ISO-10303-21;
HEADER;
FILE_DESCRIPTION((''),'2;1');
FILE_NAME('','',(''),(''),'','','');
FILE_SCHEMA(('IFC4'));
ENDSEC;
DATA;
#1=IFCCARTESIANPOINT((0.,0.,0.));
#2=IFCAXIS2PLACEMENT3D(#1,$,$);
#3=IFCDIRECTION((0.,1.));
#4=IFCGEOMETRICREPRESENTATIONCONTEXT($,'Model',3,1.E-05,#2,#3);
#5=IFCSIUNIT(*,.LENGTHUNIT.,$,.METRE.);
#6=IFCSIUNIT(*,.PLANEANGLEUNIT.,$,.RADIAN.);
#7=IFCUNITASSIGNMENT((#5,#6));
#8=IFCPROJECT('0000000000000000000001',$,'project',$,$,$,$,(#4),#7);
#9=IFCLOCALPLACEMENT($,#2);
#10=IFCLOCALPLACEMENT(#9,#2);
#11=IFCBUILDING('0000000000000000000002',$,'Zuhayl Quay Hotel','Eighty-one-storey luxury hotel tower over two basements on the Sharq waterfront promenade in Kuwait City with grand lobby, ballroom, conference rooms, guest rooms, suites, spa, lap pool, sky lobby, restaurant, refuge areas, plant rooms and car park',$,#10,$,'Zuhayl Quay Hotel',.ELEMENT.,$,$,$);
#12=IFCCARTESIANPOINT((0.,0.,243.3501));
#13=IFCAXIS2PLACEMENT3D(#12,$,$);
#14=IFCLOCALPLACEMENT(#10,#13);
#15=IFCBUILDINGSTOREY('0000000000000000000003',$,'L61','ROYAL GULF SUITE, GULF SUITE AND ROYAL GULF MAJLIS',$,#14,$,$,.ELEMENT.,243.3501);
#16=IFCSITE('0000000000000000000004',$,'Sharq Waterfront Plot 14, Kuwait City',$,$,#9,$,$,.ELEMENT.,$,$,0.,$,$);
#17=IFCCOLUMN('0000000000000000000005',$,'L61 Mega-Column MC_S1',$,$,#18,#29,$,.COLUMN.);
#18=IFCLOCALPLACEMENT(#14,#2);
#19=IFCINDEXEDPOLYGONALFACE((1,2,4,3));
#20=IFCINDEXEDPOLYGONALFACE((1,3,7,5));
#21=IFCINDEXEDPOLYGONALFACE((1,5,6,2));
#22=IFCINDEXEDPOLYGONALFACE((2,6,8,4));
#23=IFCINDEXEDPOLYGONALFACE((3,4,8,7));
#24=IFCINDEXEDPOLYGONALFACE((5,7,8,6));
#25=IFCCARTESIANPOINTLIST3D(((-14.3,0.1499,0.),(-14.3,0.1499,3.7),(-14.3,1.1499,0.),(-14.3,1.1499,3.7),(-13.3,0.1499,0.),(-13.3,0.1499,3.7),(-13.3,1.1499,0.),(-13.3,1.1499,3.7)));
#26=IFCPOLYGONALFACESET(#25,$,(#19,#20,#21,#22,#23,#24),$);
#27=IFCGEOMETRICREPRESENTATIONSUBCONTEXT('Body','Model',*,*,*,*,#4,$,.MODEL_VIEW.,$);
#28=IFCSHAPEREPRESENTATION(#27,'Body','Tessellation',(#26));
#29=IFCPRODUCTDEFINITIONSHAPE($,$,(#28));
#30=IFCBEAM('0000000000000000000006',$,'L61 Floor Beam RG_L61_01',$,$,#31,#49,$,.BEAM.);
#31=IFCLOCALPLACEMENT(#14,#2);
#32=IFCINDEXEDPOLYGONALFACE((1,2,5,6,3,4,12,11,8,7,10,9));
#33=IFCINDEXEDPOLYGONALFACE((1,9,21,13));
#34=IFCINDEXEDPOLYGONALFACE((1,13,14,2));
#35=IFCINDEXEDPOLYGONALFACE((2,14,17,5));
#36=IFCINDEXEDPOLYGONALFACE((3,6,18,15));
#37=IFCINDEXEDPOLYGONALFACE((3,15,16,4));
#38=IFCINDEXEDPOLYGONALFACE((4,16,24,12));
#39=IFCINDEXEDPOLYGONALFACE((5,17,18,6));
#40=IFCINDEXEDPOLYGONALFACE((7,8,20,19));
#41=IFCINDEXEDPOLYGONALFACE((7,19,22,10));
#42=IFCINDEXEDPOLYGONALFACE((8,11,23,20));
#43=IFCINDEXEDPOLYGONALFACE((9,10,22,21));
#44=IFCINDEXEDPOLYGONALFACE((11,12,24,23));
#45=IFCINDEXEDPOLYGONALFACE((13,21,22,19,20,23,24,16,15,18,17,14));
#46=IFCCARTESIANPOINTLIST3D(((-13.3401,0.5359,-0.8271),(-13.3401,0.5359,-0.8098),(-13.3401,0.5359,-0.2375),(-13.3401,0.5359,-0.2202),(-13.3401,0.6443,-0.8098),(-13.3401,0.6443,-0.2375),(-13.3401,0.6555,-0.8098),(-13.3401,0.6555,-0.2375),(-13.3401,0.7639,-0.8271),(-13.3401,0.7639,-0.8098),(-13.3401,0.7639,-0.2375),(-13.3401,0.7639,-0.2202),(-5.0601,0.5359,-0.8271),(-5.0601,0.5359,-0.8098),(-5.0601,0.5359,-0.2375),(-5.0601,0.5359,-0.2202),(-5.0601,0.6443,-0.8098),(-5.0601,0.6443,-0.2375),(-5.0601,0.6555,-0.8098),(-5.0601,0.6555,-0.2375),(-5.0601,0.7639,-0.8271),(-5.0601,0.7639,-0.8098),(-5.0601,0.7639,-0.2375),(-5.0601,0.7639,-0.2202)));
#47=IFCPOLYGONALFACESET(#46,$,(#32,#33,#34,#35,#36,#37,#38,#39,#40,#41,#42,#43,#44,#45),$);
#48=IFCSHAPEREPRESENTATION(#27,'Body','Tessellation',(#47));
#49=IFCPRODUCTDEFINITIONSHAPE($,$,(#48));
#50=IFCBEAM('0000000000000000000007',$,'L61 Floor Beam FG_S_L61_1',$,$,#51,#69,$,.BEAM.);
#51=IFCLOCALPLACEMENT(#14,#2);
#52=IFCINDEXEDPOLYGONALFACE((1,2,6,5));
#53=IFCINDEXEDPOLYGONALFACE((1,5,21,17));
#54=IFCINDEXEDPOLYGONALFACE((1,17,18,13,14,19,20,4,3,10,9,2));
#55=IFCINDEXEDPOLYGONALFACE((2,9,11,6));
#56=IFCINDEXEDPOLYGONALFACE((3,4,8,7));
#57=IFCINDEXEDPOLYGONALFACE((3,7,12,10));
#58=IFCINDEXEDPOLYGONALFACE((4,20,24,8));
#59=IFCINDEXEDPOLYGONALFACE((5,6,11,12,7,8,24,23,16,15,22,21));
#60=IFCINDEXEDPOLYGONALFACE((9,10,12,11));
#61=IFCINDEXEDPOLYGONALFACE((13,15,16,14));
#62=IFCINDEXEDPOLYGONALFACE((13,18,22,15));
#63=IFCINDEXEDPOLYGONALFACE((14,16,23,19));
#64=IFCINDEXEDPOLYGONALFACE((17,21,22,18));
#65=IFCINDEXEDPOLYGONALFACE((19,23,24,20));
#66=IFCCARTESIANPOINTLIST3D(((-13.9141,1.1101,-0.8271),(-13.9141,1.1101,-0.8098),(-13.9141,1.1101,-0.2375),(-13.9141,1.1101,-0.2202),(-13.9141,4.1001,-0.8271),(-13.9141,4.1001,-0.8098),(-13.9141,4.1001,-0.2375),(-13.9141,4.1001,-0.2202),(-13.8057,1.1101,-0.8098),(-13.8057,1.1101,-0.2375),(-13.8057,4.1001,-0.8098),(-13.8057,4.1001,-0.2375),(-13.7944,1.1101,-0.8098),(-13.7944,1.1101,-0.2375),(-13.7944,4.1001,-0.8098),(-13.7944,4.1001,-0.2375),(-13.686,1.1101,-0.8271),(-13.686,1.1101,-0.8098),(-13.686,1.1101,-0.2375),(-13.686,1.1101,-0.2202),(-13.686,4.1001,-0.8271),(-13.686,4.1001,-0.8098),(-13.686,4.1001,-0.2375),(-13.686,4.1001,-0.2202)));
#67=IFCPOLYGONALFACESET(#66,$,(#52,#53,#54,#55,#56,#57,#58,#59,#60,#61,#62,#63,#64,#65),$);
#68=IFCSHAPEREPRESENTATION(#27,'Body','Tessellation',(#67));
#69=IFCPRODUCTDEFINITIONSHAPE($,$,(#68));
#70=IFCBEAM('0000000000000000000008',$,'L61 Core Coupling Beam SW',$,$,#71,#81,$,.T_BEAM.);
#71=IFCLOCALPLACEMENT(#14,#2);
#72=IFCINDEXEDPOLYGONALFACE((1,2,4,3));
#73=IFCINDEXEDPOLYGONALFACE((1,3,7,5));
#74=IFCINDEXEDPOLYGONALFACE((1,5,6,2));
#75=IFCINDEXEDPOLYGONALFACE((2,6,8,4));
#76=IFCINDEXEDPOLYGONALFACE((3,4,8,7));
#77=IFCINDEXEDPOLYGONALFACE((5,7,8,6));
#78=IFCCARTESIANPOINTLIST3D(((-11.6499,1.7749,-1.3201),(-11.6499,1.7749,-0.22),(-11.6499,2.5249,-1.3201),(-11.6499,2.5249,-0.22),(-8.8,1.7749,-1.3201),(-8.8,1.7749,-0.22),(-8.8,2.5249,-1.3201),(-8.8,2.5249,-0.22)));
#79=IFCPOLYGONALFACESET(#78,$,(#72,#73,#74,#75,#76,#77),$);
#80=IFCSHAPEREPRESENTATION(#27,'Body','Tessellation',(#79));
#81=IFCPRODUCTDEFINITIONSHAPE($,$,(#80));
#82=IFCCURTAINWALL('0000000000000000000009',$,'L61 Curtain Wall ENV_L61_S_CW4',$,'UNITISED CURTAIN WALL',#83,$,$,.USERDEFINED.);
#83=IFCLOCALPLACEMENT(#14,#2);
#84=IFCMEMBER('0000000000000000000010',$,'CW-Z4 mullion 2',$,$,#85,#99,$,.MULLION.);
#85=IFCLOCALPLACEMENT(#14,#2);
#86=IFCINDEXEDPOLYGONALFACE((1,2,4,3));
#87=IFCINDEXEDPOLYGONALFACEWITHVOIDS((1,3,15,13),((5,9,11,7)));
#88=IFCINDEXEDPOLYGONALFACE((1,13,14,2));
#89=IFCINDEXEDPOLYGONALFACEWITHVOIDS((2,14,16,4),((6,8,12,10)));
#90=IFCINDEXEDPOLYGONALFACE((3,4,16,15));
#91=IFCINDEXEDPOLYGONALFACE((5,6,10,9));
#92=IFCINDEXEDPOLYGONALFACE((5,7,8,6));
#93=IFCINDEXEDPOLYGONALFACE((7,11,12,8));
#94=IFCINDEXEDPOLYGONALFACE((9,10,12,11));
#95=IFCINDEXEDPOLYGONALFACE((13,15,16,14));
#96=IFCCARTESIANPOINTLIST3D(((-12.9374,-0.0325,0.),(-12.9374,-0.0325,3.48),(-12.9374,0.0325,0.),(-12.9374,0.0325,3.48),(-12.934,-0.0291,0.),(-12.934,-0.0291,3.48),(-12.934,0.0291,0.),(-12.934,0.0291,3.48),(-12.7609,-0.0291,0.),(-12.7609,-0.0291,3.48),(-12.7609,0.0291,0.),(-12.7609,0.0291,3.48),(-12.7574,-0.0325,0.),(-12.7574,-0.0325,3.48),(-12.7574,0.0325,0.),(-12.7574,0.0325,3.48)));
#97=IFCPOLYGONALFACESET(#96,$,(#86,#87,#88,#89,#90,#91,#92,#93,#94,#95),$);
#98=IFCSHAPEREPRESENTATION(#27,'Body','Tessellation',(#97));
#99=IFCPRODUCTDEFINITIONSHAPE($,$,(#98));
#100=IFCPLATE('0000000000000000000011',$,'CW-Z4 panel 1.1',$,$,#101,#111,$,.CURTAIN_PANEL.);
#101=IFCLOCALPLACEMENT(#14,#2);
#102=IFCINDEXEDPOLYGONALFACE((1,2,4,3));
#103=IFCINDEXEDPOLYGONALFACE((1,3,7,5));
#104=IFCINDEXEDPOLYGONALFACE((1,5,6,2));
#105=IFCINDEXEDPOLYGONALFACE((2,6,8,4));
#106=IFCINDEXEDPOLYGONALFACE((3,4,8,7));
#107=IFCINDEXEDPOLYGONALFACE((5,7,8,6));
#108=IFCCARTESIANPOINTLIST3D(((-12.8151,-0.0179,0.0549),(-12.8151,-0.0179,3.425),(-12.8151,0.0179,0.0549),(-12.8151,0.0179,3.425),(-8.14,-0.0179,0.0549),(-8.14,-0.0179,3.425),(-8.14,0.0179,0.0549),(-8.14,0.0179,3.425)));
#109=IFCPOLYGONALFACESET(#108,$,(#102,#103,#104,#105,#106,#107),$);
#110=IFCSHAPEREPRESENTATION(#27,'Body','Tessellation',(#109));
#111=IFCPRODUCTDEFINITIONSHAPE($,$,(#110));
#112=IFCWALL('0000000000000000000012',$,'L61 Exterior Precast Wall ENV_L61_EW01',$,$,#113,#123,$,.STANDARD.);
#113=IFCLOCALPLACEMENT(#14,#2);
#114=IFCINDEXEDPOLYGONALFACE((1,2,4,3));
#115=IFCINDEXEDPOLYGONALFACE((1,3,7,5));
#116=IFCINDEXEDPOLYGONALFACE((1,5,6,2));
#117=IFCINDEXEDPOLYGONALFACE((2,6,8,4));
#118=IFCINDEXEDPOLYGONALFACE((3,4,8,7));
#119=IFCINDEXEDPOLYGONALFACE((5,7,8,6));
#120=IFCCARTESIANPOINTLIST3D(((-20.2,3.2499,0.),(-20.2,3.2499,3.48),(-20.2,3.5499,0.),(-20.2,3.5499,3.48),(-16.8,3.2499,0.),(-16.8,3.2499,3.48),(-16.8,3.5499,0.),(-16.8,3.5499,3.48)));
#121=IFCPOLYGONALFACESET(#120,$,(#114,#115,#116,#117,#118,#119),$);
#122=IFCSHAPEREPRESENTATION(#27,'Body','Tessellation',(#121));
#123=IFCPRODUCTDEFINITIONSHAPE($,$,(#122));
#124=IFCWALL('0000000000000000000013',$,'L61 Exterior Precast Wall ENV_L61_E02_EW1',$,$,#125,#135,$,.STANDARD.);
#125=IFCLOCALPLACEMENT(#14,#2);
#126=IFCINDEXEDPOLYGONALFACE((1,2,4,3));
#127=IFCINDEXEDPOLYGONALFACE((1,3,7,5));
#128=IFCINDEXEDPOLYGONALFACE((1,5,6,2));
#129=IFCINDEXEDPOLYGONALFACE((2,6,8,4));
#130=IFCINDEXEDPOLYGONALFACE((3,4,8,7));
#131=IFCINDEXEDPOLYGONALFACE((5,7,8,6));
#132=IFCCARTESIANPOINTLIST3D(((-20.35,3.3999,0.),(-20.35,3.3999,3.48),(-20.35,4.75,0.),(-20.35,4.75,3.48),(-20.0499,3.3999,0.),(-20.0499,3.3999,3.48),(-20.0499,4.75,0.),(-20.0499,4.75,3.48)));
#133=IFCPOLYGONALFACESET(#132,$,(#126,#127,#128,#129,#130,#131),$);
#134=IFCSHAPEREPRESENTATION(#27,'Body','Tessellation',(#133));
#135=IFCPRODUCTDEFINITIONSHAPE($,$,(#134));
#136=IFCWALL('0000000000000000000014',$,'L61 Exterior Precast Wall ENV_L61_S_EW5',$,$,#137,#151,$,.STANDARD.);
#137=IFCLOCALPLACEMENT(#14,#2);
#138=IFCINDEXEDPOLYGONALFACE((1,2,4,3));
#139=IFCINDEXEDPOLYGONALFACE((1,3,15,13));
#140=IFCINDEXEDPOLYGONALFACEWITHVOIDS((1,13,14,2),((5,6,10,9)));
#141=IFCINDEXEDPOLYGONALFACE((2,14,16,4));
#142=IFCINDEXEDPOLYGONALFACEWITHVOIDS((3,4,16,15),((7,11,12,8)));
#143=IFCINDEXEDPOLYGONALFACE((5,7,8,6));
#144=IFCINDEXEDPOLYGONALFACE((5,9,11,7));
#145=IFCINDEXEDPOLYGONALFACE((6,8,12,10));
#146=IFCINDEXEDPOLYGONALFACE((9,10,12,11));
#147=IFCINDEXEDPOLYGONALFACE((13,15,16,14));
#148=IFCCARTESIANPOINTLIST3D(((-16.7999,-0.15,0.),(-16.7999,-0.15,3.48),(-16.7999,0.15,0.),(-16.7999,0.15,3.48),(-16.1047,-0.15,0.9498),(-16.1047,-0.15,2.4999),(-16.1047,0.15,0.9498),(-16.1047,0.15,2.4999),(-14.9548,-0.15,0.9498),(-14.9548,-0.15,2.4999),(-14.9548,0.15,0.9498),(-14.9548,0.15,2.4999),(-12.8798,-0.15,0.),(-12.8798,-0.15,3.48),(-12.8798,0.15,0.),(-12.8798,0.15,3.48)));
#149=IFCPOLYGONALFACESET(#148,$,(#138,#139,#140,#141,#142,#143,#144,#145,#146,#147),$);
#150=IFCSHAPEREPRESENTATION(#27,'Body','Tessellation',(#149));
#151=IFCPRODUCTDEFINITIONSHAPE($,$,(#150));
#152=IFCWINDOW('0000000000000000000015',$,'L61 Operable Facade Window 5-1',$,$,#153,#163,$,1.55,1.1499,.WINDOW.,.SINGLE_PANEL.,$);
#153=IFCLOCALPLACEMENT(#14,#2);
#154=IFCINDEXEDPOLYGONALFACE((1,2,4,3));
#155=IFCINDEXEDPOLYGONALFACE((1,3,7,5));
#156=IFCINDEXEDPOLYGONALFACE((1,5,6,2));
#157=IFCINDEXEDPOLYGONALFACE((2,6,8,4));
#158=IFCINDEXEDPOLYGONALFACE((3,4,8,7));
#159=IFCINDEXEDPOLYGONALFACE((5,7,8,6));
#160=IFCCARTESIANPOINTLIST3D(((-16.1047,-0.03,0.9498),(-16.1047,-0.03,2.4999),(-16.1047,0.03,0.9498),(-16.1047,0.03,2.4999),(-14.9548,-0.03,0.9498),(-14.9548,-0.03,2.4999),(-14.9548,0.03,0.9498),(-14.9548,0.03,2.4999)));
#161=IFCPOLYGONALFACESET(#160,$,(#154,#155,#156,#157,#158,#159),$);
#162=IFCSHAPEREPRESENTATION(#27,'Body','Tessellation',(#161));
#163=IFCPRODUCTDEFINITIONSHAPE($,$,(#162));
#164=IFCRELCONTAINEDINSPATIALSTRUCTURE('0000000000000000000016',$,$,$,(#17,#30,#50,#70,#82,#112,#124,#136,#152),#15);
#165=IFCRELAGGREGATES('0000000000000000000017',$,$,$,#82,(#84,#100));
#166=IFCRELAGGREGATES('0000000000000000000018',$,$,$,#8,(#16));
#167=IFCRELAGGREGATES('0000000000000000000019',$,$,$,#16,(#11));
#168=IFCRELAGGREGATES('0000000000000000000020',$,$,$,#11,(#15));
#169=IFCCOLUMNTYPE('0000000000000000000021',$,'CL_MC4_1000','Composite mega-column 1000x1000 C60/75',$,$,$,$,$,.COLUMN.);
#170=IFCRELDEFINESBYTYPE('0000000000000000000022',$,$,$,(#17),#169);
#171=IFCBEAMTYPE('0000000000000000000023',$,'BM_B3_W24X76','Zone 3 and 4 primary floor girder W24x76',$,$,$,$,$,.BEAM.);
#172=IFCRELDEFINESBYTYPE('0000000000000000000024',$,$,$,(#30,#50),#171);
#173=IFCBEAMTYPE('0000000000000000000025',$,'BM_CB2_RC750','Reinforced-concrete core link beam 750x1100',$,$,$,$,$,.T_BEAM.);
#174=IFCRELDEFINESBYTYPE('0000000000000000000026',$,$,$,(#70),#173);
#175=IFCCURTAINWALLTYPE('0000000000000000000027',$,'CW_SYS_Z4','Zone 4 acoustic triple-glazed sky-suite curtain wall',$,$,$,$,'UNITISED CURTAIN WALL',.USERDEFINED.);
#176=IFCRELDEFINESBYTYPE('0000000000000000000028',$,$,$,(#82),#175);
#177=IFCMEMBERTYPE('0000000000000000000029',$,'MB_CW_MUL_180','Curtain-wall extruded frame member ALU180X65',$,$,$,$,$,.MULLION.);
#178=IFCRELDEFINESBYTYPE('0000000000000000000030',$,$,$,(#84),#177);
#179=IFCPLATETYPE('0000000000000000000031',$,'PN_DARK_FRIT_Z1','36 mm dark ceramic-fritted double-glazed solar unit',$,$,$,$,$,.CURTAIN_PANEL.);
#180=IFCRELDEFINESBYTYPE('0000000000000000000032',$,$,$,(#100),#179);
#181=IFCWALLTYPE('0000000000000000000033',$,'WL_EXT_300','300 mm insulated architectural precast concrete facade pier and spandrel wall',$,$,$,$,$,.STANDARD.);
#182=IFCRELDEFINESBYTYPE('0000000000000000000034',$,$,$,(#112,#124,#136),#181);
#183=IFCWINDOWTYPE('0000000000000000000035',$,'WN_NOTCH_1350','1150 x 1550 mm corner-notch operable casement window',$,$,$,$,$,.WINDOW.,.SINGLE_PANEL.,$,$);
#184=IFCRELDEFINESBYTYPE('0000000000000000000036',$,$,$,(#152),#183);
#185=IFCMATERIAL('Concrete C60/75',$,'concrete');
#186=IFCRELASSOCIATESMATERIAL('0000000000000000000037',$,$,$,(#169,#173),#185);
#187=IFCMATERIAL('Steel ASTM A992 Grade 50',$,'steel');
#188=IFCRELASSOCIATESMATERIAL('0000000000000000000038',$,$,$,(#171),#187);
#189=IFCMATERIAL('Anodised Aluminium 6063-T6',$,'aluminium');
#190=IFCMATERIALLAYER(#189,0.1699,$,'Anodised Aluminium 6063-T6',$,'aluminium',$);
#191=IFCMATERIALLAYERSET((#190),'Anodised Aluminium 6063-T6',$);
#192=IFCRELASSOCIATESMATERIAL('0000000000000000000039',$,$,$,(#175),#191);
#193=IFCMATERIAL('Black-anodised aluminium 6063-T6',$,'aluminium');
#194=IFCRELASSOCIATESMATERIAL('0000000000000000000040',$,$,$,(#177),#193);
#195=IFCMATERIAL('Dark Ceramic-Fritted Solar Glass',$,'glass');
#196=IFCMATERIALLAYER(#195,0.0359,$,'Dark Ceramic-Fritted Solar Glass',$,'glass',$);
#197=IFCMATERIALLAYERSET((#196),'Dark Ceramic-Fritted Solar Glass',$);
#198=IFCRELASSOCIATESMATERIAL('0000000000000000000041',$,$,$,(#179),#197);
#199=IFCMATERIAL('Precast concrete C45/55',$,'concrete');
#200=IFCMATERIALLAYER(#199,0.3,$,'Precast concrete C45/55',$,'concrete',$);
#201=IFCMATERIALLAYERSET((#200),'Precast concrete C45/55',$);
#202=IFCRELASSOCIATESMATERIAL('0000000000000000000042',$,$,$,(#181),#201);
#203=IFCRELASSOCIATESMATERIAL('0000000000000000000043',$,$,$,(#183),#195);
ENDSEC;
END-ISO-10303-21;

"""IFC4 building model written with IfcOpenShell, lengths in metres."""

from ifc_helpers import new_model, si_unit, direction, frame, frame_2d, origin, origin_2d, place, context, subcontext, project, spatial, rectangle, hollow_rectangle, i_section, extrude, material, layer, layer_set, material_profile, profile_set, type_object, element, fill, aggregate, save


model = new_model("IFC4")

# Units and contexts
model_context = context("Model", 3, precision=1e-05, world=origin(), true_north=direction((0.0, 1.0)))
body_context = subcontext(model_context, "Body", "Model", "MODEL_VIEW")
ifc_project = project(units=[si_unit("LENGTHUNIT", "METRE"), si_unit("PLANEANGLEUNIT", "RADIAN")], contexts=[model_context])

# Site, building, storey
site_placement = place(None, origin())
site = spatial("IfcSite", under=ifc_project, at=site_placement, Name="Sharq Waterfront Plot 14, Kuwait City", CompositionType="ELEMENT", RefElevation=0.0)
building_placement = place(site_placement, origin())
building = spatial("IfcBuilding", under=site, at=building_placement, Name="Zuhayl Quay Hotel", Description="Eighty-one-storey luxury hotel tower over two basements on the Sharq waterfront promenade in Kuwait City with grand lobby, ballroom, conference rooms, guest rooms, suites, spa, lap pool, sky lobby, restaurant, refuge areas, plant rooms and car park", LongName="Zuhayl Quay Hotel", CompositionType="ELEMENT")
storey_placement = place(building_placement, frame((0.0, 0.0, 243.3501)))
storey = spatial("IfcBuildingStorey", under=building, at=storey_placement, Name="L61", Description="ROYAL GULF SUITE, GULF SUITE AND ROYAL GULF MAJLIS", CompositionType="ELEMENT", Elevation=243.3501)

# Column
ifc_material_1 = material(Name="Concrete C60/75", Category="concrete")
ifc_material_profile_1 = material_profile(ifc_material_1, rectangle(XDim=1.0, YDim=1.0, at=origin_2d()), Name="RC1000X1000")
ifc_profile_set_1 = profile_set([ifc_material_profile_1], Name="Concrete C60/75")
column_type = type_object("IfcColumnType", Name="CL_MC4_1000", Description="Composite mega-column 1000x1000 C60/75", PredefinedType="COLUMN", material=ifc_profile_set_1)
column_placement = place(storey_placement, frame((-13.8, 0.6499, 0.0), z_axis=(0.0, 0.0, 1.0), x_axis=(1.0, 0.0, 0.0)))
element("IfcColumn", 1, at=column_placement, inside=storey, type_object=column_type, Name="L61 Mega-Column MC_S1", PredefinedType="COLUMN", context=body_context, shape_type="SweptSolid", body=[
    extrude(rectangle(XDim=1.0, YDim=1.0, at=origin_2d()), origin(), (0.0, 0.0, 1.0), 3.7),
])

# Beams
ifc_material_2 = material(Name="Steel ASTM A992 Grade 50", Category="steel")
ifc_material_profile_2 = material_profile(ifc_material_2, i_section(OverallWidth=0.228, OverallDepth=0.6069, WebThickness=0.0112, FlangeThickness=0.0173, at=origin_2d()), Name="W24X76")
ifc_profile_set_2 = profile_set([ifc_material_profile_2], Name="Steel ASTM A992 Grade 50")
beam_type_1 = type_object("IfcBeamType", Name="BM_B3_W24X76", Description="Zone 3 and 4 primary floor girder W24x76", PredefinedType="BEAM", material=ifc_profile_set_2)
beam_1_placement = place(storey_placement, frame((-13.3401, 0.6499, -0.5237), z_axis=(1.0, 0.0, 0.0), x_axis=(0.0, 1.0, 0.0)))
element("IfcBeam", 2, at=beam_1_placement, inside=storey, type_object=beam_type_1, Name="L61 Floor Beam RG_L61_01", PredefinedType="BEAM", context=body_context, shape_type="SweptSolid", body=[
    extrude(i_section(OverallWidth=0.228, OverallDepth=0.6069, WebThickness=0.0112, FlangeThickness=0.0173, at=origin_2d()), origin(), (0.0, 0.0, 1.0), 8.28),
])
beam_2_placement = place(storey_placement, frame((-13.8, 1.1101, -0.5237), z_axis=(0.0, 1.0, 0.0), x_axis=(-1.0, 0.0, 0.0)))
element("IfcBeam", 3, at=beam_2_placement, inside=storey, type_object=beam_type_1, Name="L61 Floor Beam FG_S_L61_1", PredefinedType="BEAM", context=body_context, shape_type="SweptSolid", body=[
    extrude(i_section(OverallWidth=0.228, OverallDepth=0.6069, WebThickness=0.0112, FlangeThickness=0.0173, at=origin_2d()), origin(), (0.0, 0.0, 1.0), 2.99),
])
ifc_material_profile_3 = material_profile(ifc_material_1, rectangle(XDim=0.75, YDim=1.1001, at=origin_2d()), Name="RC750X1100")
ifc_profile_set_3 = profile_set([ifc_material_profile_3], Name="Concrete C60/75")
beam_type_2 = type_object("IfcBeamType", Name="BM_CB2_RC750", Description="Reinforced-concrete core link beam 750x1100", PredefinedType="T_BEAM", material=ifc_profile_set_3)
beam_3_placement = place(storey_placement, frame((-11.6499, 2.1499, -0.77), z_axis=(1.0, 0.0, 0.0), x_axis=(0.0, 1.0, 0.0)))
element("IfcBeam", 4, at=beam_3_placement, inside=storey, type_object=beam_type_2, Name="L61 Core Coupling Beam SW", PredefinedType="T_BEAM", context=body_context, shape_type="SweptSolid", body=[
    extrude(rectangle(XDim=0.75, YDim=1.1001, at=origin_2d()), origin(), (0.0, 0.0, 1.0), 2.8499),
])

# Curtain wall, member, plate
ifc_material_3 = material(Name="Anodised Aluminium 6063-T6", Category="aluminium")
ifc_layer_1 = layer(ifc_material_3, 0.1699, Name="Anodised Aluminium 6063-T6", Category="aluminium")
ifc_layer_set_1 = layer_set([ifc_layer_1], Name="Anodised Aluminium 6063-T6")
curtain_wall_type = type_object("IfcCurtainWallType", Name="CW_SYS_Z4", Description="Zone 4 acoustic triple-glazed sky-suite curtain wall", ElementType="UNITISED CURTAIN WALL", PredefinedType="USERDEFINED", material=ifc_layer_set_1)
curtain_wall_placement = place(storey_placement, origin())
curtain_wall = element("IfcCurtainWall", 5, at=curtain_wall_placement, inside=storey, type_object=curtain_wall_type, Name="L61 Curtain Wall ENV_L61_S_CW4", ObjectType="UNITISED CURTAIN WALL", PredefinedType="USERDEFINED")
ifc_material_4 = material(Name="Black-anodised aluminium 6063-T6", Category="aluminium")
ifc_material_profile_4 = material_profile(ifc_material_4, hollow_rectangle(XDim=0.0649, YDim=0.1799, WallThickness=0.0034, at=origin_2d()), Name="ALU180X65")
ifc_profile_set_4 = profile_set([ifc_material_profile_4], Name="Black-anodised aluminium 6063-T6")
member_type = type_object("IfcMemberType", Name="MB_CW_MUL_180", Description="Curtain-wall extruded frame member ALU180X65", PredefinedType="MULLION", material=ifc_profile_set_4)
member_placement = place(storey_placement, frame((-12.8474, 0.0, 0.0), z_axis=(0.0, 0.0, 1.0), x_axis=(0.0, -1.0, 0.0)))
member = element("IfcMember", 6, at=member_placement, type_object=member_type, Name="CW-Z4 mullion 2", PredefinedType="MULLION", context=body_context, shape_type="SweptSolid", body=[
    extrude(hollow_rectangle(XDim=0.0649, YDim=0.1799, WallThickness=0.0034, at=origin_2d()), origin(), (0.0, 0.0, 1.0), 3.48),
])
ifc_material_5 = material(Name="Dark Ceramic-Fritted Solar Glass", Category="glass")
ifc_layer_2 = layer(ifc_material_5, 0.0359, Name="Dark Ceramic-Fritted Solar Glass", Category="glass")
ifc_layer_set_2 = layer_set([ifc_layer_2], Name="Dark Ceramic-Fritted Solar Glass")
plate_type = type_object("IfcPlateType", Name="PN_DARK_FRIT_Z1", Description="36 mm dark ceramic-fritted double-glazed solar unit", PredefinedType="CURTAIN_PANEL", material=ifc_layer_set_2)
plate_placement = place(storey_placement, frame((-10.4775, 0.0, 0.0549), z_axis=(0.0, 0.0, 1.0), x_axis=(-1.0, 0.0, 0.0)))
plate = element("IfcPlate", 7, at=plate_placement, type_object=plate_type, Name="CW-Z4 panel 1.1", PredefinedType="CURTAIN_PANEL", context=body_context, shape_type="SweptSolid", body=[
    extrude(rectangle(XDim=4.675, YDim=0.0359, at=origin_2d()), origin(), (0.0, 0.0, 1.0), 3.3701),
])
aggregate(curtain_wall, [member, plate])

# Walls
ifc_material_6 = material(Name="Precast concrete C45/55", Category="concrete")
ifc_layer_3 = layer(ifc_material_6, 0.3, Name="Precast concrete C45/55", Category="concrete")
ifc_layer_set_3 = layer_set([ifc_layer_3], Name="Precast concrete C45/55")
wall_type_1 = type_object("IfcWallType", Name="WL_EXT_300", Description="300 mm insulated architectural precast concrete facade pier and spandrel wall", PredefinedType="STANDARD", material=ifc_layer_set_3)
wall_1_placement = place(storey_placement, frame((-16.8, 3.3999, 0.0), z_axis=(0.0, 0.0, 1.0), x_axis=(-1.0, 0.0, 0.0)))
element("IfcWall", 8, at=wall_1_placement, inside=storey, type_object=wall_type_1, Name="L61 Exterior Precast Wall ENV_L61_EW01", PredefinedType="STANDARD", context=body_context, shape_type="SweptSolid", body=[
    extrude(rectangle(XDim=3.3999, YDim=0.3, at=frame_2d((1.7, 0.0))), origin(), (0.0, 0.0, 1.0), 3.48),
])
wall_2_placement = place(storey_placement, frame((-20.2, 3.3999, 0.0), z_axis=(0.0, 0.0, 1.0), x_axis=(0.0, 1.0, 0.0)))
element("IfcWall", 9, at=wall_2_placement, inside=storey, type_object=wall_type_1, Name="L61 Exterior Precast Wall ENV_L61_E02_EW1", PredefinedType="STANDARD", context=body_context, shape_type="SweptSolid", body=[
    extrude(rectangle(XDim=1.3501, YDim=0.3, at=frame_2d((0.675, 0.0))), origin(), (0.0, 0.0, 1.0), 3.48),
])

# Wall, opening, window
wall_3_placement = place(storey_placement, frame((-12.8799, 0.0, 0.0), z_axis=(0.0, 0.0, 1.0), x_axis=(-1.0, 0.0, 0.0)))
wall_3 = element("IfcWall", 10, at=wall_3_placement, inside=storey, type_object=wall_type_1, Name="L61 Exterior Precast Wall ENV_L61_S_EW5", PredefinedType="STANDARD", context=body_context, shape_type="SweptSolid", body=[
    extrude(rectangle(XDim=3.9202, YDim=0.3, at=frame_2d((1.96, 0.0))), origin(), (0.0, 0.0, 1.0), 3.48),
])
opening_1_placement = place(wall_3_placement, frame((2.075, 0.0, 0.95)))
opening_1 = element("IfcOpeningElement", 11, at=opening_1_placement, cuts=wall_3, PredefinedType="OPENING", context=body_context, shape_type="SweptSolid", body=[
    extrude(rectangle(XDim=1.1499, YDim=1.55, at=frame_2d((0.575, 0.7749))), frame((0.0, 0.1599, 0.0), z_axis=(0.0, -1.0, 0.0), x_axis=(1.0, 0.0, 0.0)), (0.0, 0.0, 1.0), 0.3201),
])
window_type = type_object("IfcWindowType", Name="WN_NOTCH_1350", Description="1150 x 1550 mm corner-notch operable casement window", PartitioningType="SINGLE_PANEL", PredefinedType="WINDOW", material=ifc_material_5)
window_placement = place(opening_1_placement, origin())
window = element("IfcWindow", 12, at=window_placement, inside=storey, type_object=window_type, Name="L61 Operable Facade Window 5-1", OverallHeight=1.55, OverallWidth=1.1499, PartitioningType="SINGLE_PANEL", PredefinedType="WINDOW", context=body_context, shape_type="SweptSolid", body=[
    extrude(rectangle(XDim=1.1499, YDim=1.55, at=frame_2d((0.575, 0.7749))), frame((0.0, 0.03, 0.0), z_axis=(0.0, -1.0, 0.0), x_axis=(1.0, 0.0, 0.0)), (0.0, 0.0, 1.0), 0.0601),
])
fill(opening_1, window)

save(model, "model.ifc")
